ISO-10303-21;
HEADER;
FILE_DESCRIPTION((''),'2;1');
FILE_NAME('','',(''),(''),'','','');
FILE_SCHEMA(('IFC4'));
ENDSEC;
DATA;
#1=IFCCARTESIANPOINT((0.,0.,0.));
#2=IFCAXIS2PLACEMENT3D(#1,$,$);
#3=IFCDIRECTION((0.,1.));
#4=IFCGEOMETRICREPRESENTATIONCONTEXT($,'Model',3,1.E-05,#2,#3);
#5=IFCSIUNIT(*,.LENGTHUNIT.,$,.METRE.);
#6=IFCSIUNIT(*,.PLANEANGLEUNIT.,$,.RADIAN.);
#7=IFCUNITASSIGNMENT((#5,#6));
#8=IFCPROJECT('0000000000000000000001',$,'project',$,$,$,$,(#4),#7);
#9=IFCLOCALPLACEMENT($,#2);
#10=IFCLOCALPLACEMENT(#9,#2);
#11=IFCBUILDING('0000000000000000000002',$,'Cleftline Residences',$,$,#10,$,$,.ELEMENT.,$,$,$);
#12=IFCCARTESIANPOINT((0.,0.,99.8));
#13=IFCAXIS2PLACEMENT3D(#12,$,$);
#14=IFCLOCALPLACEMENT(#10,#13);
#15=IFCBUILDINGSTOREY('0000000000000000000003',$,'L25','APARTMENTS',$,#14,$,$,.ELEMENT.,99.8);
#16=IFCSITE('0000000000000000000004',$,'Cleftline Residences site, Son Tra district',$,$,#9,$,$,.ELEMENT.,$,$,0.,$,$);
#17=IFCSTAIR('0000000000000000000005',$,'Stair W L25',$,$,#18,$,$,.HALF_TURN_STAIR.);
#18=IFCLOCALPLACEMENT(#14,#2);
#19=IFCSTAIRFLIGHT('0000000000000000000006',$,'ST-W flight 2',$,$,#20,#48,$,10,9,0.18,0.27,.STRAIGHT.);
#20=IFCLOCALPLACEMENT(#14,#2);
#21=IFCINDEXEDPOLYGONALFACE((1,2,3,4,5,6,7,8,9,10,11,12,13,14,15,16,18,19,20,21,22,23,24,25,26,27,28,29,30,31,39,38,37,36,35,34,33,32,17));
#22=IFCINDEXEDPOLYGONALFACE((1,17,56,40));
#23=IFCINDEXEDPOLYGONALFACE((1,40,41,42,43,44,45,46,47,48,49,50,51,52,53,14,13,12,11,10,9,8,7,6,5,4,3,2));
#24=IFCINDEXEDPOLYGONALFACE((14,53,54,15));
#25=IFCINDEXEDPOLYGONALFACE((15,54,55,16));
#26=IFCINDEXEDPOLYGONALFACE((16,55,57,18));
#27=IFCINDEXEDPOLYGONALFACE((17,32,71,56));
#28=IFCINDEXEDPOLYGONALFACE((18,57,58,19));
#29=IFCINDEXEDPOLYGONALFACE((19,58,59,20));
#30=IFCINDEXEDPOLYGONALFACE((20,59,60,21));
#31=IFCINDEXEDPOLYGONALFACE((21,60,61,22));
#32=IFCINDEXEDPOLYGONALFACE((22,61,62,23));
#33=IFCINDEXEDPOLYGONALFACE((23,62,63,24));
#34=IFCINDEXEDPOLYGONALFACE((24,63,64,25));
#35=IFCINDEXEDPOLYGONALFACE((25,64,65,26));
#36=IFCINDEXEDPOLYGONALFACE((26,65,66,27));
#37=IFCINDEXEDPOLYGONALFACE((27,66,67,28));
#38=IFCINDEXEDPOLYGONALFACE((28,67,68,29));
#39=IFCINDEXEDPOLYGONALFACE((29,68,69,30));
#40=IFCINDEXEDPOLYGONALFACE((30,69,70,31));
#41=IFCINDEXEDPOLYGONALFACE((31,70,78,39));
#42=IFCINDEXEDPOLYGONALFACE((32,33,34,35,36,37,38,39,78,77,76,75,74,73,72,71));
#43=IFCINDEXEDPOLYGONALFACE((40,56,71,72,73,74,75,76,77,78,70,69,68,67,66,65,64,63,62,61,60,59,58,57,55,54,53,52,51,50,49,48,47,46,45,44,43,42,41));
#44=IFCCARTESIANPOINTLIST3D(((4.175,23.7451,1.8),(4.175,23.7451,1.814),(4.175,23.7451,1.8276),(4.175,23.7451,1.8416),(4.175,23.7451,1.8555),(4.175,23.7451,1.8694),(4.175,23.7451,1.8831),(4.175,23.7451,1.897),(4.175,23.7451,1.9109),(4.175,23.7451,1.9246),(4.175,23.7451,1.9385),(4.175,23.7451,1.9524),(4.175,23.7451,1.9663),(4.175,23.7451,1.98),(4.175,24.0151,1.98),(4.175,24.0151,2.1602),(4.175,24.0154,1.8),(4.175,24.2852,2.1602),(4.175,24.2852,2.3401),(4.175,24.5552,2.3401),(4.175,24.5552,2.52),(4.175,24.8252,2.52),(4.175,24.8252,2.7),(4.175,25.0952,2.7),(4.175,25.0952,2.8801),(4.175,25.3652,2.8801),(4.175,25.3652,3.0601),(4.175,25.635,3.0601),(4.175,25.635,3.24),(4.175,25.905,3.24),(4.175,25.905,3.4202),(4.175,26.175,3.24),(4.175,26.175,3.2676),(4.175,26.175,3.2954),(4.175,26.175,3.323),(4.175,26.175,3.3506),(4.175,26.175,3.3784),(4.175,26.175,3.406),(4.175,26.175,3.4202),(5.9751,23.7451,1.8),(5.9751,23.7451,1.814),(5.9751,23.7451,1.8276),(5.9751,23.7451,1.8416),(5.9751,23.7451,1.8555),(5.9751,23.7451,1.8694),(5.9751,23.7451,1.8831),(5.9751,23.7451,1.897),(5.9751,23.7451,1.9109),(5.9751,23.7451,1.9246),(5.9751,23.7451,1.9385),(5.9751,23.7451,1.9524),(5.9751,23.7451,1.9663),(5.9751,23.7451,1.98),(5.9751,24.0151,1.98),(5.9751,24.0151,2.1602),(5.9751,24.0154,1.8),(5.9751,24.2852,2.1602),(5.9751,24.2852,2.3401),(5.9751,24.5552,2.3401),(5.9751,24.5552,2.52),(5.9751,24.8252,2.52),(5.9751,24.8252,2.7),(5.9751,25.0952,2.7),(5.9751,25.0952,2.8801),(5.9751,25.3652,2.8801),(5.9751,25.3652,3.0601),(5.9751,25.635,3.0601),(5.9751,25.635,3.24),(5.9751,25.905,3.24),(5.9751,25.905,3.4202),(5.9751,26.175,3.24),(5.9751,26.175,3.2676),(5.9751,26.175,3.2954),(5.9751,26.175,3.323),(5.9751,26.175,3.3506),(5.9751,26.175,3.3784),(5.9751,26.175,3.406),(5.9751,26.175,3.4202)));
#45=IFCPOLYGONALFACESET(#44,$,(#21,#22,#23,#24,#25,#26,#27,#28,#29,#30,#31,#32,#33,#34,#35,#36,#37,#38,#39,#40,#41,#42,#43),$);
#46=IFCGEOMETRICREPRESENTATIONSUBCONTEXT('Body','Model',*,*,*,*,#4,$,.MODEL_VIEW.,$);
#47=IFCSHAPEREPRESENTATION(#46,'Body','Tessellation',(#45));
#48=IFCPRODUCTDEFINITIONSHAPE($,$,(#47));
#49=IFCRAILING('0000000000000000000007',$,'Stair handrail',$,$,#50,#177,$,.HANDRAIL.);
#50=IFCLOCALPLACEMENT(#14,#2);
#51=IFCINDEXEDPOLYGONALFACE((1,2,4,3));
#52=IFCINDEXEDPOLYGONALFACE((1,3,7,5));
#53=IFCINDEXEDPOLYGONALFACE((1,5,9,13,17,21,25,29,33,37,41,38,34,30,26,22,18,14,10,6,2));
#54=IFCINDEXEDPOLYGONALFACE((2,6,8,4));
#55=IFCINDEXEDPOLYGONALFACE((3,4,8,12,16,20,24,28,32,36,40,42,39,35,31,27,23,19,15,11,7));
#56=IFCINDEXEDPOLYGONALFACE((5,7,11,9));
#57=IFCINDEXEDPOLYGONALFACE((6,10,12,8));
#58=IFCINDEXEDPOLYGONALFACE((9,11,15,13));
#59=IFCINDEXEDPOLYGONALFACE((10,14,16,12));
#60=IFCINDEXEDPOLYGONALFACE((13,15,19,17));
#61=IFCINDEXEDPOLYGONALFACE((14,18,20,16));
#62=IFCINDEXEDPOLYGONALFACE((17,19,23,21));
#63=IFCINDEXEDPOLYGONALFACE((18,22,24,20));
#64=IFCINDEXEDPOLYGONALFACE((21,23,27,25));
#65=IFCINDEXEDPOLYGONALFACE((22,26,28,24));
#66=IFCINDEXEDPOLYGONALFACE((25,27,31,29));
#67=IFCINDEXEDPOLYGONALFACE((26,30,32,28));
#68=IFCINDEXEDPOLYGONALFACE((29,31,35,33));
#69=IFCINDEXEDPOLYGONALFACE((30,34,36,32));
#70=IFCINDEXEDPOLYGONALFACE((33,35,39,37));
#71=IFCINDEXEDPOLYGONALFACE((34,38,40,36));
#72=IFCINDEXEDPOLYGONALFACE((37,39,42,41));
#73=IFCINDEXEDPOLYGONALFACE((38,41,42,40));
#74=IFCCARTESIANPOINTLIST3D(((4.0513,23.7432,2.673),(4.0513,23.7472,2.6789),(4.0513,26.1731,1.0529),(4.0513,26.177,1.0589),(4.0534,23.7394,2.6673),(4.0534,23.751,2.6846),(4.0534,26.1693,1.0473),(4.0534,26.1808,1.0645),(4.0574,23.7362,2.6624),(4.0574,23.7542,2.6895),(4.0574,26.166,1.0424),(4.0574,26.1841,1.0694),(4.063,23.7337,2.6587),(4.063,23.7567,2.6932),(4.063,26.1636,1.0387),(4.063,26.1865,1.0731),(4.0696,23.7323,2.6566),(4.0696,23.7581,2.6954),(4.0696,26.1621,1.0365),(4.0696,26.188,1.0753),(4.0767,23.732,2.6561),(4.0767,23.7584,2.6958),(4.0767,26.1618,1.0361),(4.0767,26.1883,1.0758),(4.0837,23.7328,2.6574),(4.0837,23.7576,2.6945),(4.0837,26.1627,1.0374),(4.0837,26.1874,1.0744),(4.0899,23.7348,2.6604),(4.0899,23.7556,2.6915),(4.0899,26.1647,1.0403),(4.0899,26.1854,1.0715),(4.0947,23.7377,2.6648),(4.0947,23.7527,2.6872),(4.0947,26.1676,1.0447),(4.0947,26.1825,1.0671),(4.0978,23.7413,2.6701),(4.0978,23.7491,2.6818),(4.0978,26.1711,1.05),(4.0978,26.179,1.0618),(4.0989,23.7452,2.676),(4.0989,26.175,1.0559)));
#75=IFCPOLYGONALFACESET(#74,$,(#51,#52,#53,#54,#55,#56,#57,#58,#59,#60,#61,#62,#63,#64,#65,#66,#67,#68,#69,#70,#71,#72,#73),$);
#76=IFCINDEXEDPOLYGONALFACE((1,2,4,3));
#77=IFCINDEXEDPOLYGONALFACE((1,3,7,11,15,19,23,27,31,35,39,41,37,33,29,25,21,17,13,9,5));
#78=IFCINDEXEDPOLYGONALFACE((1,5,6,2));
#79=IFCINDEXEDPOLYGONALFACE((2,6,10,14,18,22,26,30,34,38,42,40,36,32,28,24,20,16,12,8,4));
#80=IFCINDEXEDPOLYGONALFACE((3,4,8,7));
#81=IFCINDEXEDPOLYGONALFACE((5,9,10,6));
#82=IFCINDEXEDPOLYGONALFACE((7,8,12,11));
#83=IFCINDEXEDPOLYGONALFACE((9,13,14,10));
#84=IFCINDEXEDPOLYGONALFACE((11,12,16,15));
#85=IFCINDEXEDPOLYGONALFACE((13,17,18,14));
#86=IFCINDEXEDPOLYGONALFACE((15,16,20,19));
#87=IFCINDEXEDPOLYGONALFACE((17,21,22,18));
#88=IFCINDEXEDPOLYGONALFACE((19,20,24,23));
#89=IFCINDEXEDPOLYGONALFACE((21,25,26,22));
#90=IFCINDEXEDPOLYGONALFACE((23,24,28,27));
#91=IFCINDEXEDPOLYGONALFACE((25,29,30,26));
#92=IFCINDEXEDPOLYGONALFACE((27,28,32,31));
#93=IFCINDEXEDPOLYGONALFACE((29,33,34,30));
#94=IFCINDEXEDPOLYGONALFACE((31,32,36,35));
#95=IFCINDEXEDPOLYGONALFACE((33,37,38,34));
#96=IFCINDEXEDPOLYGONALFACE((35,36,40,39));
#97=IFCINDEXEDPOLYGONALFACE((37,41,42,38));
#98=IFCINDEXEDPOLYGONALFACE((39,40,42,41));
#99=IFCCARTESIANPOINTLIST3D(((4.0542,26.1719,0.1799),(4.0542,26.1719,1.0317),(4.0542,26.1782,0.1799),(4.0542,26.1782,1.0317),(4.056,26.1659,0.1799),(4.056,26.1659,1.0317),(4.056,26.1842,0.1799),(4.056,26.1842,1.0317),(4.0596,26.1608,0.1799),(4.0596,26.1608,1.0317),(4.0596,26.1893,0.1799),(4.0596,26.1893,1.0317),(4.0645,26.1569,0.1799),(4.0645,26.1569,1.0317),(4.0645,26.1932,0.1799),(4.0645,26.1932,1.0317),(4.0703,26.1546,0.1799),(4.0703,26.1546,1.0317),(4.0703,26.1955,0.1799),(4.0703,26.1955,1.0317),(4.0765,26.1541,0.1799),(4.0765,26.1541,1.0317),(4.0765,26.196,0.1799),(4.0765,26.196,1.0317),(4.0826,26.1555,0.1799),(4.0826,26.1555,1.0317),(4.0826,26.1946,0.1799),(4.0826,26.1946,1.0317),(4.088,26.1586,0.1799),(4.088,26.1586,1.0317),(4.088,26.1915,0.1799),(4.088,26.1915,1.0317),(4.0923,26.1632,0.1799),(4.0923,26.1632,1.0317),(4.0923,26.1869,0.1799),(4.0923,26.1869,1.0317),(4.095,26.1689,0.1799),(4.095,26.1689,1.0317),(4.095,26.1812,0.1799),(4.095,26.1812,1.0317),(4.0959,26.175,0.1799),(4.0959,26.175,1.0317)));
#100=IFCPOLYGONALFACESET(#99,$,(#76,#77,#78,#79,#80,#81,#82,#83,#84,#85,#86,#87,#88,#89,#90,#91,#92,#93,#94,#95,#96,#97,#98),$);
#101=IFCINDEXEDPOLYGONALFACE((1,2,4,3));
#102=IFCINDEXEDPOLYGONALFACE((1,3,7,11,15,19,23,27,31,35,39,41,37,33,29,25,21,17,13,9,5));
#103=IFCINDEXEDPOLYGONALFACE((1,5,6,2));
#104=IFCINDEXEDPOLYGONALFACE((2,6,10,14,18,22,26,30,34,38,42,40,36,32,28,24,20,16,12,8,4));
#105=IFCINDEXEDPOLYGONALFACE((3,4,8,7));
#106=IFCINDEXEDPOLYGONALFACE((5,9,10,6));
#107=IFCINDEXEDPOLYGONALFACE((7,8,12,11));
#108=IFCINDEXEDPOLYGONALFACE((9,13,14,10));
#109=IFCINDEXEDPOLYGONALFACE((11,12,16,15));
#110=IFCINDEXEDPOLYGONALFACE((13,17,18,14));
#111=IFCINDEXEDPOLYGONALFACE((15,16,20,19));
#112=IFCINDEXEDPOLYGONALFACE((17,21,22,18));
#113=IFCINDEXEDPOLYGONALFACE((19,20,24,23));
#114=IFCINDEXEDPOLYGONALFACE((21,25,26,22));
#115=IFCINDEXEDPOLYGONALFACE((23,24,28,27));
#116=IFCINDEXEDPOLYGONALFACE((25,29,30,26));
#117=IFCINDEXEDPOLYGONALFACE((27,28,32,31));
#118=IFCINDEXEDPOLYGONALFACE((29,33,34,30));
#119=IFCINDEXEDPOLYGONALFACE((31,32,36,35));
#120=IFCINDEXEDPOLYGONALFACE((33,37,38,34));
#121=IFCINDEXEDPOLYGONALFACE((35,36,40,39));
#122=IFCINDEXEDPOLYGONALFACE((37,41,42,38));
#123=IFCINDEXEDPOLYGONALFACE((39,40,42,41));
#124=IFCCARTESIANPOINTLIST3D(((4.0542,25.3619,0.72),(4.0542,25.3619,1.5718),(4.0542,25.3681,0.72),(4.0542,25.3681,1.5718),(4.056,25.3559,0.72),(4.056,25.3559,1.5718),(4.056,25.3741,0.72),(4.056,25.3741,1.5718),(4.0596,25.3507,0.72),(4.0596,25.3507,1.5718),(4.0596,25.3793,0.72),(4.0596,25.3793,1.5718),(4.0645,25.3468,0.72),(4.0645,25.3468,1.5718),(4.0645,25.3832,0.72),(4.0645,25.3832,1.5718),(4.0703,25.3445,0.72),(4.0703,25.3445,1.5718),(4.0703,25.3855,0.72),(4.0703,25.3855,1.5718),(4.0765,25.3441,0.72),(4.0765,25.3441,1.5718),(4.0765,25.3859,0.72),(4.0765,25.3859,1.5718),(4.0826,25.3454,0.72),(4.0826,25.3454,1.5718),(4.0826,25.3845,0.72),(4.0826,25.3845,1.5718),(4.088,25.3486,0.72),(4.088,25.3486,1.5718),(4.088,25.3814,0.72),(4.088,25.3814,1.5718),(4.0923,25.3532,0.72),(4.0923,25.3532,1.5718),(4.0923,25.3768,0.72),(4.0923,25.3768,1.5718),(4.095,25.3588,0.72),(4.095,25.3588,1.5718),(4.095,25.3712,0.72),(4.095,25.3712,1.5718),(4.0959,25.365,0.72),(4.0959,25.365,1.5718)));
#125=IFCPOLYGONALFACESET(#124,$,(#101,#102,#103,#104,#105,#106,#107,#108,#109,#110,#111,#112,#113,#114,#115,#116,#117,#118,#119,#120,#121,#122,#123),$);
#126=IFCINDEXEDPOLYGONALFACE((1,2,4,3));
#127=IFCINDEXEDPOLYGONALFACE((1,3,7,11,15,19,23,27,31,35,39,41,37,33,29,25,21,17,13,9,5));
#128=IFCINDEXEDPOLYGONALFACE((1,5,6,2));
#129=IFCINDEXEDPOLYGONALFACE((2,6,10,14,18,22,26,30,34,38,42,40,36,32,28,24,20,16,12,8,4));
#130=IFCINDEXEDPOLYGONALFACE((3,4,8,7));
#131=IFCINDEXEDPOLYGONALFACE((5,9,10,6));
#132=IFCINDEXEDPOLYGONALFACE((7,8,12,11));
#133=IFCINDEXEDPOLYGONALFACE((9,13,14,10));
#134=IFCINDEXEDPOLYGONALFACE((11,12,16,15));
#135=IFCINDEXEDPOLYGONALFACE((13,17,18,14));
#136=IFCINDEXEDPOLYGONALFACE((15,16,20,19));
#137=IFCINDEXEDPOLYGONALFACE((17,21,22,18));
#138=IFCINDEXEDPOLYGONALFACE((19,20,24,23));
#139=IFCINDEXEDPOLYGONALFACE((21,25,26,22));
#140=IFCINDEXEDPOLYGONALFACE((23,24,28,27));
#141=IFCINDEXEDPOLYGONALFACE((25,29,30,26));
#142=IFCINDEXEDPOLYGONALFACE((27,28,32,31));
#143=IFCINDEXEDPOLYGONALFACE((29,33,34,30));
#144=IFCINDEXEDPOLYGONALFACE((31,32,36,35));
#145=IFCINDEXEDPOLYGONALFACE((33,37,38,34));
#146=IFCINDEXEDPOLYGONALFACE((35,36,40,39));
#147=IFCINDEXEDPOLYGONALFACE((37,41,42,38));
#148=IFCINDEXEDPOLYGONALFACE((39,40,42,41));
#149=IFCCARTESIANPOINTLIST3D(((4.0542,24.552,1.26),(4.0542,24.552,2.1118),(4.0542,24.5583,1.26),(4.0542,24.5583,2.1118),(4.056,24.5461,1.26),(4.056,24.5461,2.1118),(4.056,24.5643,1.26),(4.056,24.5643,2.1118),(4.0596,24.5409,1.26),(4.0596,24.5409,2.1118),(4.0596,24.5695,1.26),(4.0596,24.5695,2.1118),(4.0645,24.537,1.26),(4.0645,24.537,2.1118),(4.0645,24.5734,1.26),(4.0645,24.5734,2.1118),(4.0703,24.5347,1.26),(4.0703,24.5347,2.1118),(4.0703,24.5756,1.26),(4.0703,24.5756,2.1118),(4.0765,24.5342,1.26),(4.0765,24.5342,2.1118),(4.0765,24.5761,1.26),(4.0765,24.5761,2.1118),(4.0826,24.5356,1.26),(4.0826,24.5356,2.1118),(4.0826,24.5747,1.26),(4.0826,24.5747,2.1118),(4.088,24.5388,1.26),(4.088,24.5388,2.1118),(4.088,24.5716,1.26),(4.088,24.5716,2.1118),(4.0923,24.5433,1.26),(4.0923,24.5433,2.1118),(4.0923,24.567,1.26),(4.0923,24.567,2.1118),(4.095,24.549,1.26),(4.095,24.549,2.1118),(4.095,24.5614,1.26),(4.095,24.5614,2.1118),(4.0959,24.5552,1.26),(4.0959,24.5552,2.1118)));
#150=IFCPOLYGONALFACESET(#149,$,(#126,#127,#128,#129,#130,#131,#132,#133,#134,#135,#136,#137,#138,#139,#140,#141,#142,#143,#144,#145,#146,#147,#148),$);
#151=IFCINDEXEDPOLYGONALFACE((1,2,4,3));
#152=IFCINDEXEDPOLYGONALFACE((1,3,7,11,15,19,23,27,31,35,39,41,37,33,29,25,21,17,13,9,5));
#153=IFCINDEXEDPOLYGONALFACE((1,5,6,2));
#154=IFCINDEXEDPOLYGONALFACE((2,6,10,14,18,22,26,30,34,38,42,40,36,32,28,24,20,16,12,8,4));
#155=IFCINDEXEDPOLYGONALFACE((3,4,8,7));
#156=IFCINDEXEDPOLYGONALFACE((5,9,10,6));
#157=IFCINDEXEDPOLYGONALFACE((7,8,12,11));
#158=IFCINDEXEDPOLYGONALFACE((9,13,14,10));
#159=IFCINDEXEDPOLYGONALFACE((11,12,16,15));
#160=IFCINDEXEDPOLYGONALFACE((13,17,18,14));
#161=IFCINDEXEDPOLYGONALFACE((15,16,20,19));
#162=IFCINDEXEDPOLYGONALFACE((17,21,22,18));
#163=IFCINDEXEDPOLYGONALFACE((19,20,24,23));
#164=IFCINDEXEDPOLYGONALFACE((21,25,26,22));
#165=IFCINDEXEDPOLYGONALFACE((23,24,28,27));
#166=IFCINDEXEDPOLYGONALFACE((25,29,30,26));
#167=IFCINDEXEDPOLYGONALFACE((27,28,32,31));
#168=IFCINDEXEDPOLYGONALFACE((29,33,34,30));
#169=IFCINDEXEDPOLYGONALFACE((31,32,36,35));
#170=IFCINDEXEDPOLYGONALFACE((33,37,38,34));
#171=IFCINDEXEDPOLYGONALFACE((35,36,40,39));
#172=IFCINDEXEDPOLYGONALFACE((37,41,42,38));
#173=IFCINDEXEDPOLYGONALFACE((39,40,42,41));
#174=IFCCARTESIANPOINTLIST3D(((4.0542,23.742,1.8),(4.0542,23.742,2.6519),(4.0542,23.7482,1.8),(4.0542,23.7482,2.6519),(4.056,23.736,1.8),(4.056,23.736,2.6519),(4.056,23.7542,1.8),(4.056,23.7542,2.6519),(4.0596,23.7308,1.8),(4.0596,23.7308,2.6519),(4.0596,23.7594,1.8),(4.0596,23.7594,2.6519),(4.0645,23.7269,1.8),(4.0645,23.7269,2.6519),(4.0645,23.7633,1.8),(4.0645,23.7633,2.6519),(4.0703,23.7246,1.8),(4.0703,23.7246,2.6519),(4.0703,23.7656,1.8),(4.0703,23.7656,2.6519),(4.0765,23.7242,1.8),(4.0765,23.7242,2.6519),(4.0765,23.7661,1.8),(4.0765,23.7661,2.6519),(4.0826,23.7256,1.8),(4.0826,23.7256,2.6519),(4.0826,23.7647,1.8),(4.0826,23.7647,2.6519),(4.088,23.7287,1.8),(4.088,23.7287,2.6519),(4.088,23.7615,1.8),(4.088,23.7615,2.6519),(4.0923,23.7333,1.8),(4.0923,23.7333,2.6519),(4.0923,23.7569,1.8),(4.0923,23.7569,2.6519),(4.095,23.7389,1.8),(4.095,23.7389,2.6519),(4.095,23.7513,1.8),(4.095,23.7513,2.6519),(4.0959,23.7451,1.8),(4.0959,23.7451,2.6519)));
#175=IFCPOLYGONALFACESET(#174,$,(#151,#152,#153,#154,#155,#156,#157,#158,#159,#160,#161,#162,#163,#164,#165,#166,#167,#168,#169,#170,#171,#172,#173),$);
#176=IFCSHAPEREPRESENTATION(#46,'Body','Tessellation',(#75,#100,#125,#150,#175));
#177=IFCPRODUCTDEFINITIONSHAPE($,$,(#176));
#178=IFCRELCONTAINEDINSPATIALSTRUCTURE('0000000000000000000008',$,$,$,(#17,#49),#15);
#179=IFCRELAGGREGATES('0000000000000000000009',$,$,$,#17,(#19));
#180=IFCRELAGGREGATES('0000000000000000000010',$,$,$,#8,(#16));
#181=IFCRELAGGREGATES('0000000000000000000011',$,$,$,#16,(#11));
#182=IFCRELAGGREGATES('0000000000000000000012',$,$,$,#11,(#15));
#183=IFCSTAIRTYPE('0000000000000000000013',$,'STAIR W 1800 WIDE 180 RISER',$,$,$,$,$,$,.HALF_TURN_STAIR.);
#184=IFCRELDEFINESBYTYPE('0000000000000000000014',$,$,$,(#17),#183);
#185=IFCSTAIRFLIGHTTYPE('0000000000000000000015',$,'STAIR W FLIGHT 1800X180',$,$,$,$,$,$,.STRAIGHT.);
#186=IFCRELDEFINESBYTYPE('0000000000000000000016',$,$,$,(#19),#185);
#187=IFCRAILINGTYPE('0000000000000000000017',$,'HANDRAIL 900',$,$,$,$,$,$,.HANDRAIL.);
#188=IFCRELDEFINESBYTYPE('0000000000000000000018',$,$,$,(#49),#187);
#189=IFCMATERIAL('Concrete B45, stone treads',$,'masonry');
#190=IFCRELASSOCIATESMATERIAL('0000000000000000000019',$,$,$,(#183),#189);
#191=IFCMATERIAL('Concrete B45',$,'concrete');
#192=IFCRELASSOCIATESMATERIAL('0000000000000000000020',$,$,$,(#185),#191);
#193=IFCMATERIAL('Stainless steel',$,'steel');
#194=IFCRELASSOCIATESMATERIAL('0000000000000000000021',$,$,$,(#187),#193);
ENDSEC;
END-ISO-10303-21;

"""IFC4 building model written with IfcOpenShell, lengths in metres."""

from ifc_helpers import new_model, si_unit, direction, frame, origin, origin_2d, place, context, subcontext, project, spatial, polyline, circle, outline, extrude, material, type_object, element, aggregate, save


model = new_model("IFC4")

# Units and contexts
model_context = context("Model", 3, precision=1e-05, world=origin(), true_north=direction((0.0, 1.0)))
body_context = subcontext(model_context, "Body", "Model", "MODEL_VIEW")
ifc_project = project(units=[si_unit("LENGTHUNIT", "METRE"), si_unit("PLANEANGLEUNIT", "RADIAN")], contexts=[model_context])

# Site, building, storey
site_placement = place(None, origin())
site = spatial("IfcSite", under=ifc_project, at=site_placement, Name="Cleftline Residences site, Son Tra district", CompositionType="ELEMENT", RefElevation=0.0)
building_placement = place(site_placement, origin())
building = spatial("IfcBuilding", under=site, at=building_placement, Name="Cleftline Residences", CompositionType="ELEMENT")
storey_placement = place(building_placement, frame((0.0, 0.0, 99.8)))
storey = spatial("IfcBuildingStorey", under=building, at=storey_placement, Name="L25", Description="APARTMENTS", CompositionType="ELEMENT", Elevation=99.8)

# Stair, stair flight
ifc_material_1 = material(Name="Concrete B45, stone treads", Category="masonry")
stair_type = type_object("IfcStairType", Name="STAIR W 1800 WIDE 180 RISER", PredefinedType="HALF_TURN_STAIR", material=ifc_material_1)
stair_placement = place(storey_placement, origin())
stair = element("IfcStair", 1, at=stair_placement, inside=storey, type_object=stair_type, Name="Stair W L25", PredefinedType="HALF_TURN_STAIR")
ifc_material_2 = material(Name="Concrete B45", Category="concrete")
stair_flight_type = type_object("IfcStairFlightType", Name="STAIR W FLIGHT 1800X180", PredefinedType="STRAIGHT", material=ifc_material_2)
stair_flight_1_placement = place(storey_placement, frame((5.075, 23.7451, 1.8), z_axis=(0.0, 0.0, 1.0), x_axis=(0.0, 1.0, 0.0)))
stair_flight_1 = element("IfcStairFlight", 2, at=stair_flight_1_placement, type_object=stair_flight_type, Name="ST-W flight 2", NumberOfRisers=10, NumberOfTreads=9, PredefinedType="STRAIGHT", RiserHeight=0.18, TreadLength=0.27, context=body_context, shape_type="SweptSolid", body=[
    extrude(outline(polyline([(0.0, 0.0), (0.0, 0.0139), (0.0, 0.0276), (0.0, 0.0415), (0.0, 0.0554), (0.0, 0.0693), (0.0, 0.083), (0.0, 0.0969), (0.0, 0.1108), (0.0, 0.1245), (0.0, 0.1384), (0.0, 0.1523), (0.0, 0.1663), (0.0, 0.1799), (0.27, 0.1799), (0.27, 0.3601), (0.54, 0.3601), (0.54, 0.54), (0.8101, 0.54), (0.8101, 0.72), (1.0801, 0.72), (1.0801, 0.8999), (1.3501, 0.8999), (1.3501, 1.0801), (1.6201, 1.0801), (1.6201, 1.26), (1.8899, 1.26), (1.8899, 1.4399), (2.1599, 1.4399), (2.1599, 1.6201), (2.4299, 1.6201), (2.4299, 1.8), (2.4299, 1.7722), (2.4299, 1.7446), (2.4299, 1.7168), (2.4299, 1.6892), (2.4299, 1.6614), (2.4299, 1.6338), (2.4299, 1.606), (2.4299, 1.5784), (2.4299, 1.5505), (2.4299, 1.5229), (2.4299, 1.4954), (2.4299, 1.4675), (2.4299, 1.4399), (0.2703, 0.0), (0.0, 0.0)])), frame((0.0, 0.8999, 0.0), z_axis=(0.0, -1.0, 0.0), x_axis=(1.0, 0.0, 0.0)), (0.0, 0.0, 1.0), 1.8),
])
aggregate(stair, [stair_flight_1])

# Railing
ifc_material_3 = material(Name="Stainless steel", Category="steel")
railing_type = type_object("IfcRailingType", Name="HANDRAIL 900", PredefinedType="HANDRAIL", material=ifc_material_3)
railing_1_placement = place(storey_placement, frame((4.075, 26.175, 0.1799)))
element("IfcRailing", 3, at=railing_1_placement, inside=storey, type_object=railing_type, Name="Stair handrail", PredefinedType="HANDRAIL", context=body_context, shape_type="SweptSolid", body=[
    extrude(circle(Radius=0.0239, at=origin_2d()), frame((0.0, 0.0, 0.876), z_axis=(0.0, -0.832025, 0.554739), x_axis=(1.0, 0.0, 0.0)), (0.0, 0.0, 1.0), 2.9204),
    extrude(circle(Radius=0.021, at=origin_2d()), origin(), (0.0, 0.0, 1.0), 0.8518),
    extrude(circle(Radius=0.021, at=origin_2d()), frame((0.0, -0.8101, 0.54)), (0.0, 0.0, 1.0), 0.8518),
    extrude(circle(Radius=0.021, at=origin_2d()), frame((0.0, -1.6199, 1.0801)), (0.0, 0.0, 1.0), 0.8518),
    extrude(circle(Radius=0.021, at=origin_2d()), frame((0.0, -2.4299, 1.6201)), (0.0, 0.0, 1.0), 0.8518),
])

save(model, "model.ifc")
